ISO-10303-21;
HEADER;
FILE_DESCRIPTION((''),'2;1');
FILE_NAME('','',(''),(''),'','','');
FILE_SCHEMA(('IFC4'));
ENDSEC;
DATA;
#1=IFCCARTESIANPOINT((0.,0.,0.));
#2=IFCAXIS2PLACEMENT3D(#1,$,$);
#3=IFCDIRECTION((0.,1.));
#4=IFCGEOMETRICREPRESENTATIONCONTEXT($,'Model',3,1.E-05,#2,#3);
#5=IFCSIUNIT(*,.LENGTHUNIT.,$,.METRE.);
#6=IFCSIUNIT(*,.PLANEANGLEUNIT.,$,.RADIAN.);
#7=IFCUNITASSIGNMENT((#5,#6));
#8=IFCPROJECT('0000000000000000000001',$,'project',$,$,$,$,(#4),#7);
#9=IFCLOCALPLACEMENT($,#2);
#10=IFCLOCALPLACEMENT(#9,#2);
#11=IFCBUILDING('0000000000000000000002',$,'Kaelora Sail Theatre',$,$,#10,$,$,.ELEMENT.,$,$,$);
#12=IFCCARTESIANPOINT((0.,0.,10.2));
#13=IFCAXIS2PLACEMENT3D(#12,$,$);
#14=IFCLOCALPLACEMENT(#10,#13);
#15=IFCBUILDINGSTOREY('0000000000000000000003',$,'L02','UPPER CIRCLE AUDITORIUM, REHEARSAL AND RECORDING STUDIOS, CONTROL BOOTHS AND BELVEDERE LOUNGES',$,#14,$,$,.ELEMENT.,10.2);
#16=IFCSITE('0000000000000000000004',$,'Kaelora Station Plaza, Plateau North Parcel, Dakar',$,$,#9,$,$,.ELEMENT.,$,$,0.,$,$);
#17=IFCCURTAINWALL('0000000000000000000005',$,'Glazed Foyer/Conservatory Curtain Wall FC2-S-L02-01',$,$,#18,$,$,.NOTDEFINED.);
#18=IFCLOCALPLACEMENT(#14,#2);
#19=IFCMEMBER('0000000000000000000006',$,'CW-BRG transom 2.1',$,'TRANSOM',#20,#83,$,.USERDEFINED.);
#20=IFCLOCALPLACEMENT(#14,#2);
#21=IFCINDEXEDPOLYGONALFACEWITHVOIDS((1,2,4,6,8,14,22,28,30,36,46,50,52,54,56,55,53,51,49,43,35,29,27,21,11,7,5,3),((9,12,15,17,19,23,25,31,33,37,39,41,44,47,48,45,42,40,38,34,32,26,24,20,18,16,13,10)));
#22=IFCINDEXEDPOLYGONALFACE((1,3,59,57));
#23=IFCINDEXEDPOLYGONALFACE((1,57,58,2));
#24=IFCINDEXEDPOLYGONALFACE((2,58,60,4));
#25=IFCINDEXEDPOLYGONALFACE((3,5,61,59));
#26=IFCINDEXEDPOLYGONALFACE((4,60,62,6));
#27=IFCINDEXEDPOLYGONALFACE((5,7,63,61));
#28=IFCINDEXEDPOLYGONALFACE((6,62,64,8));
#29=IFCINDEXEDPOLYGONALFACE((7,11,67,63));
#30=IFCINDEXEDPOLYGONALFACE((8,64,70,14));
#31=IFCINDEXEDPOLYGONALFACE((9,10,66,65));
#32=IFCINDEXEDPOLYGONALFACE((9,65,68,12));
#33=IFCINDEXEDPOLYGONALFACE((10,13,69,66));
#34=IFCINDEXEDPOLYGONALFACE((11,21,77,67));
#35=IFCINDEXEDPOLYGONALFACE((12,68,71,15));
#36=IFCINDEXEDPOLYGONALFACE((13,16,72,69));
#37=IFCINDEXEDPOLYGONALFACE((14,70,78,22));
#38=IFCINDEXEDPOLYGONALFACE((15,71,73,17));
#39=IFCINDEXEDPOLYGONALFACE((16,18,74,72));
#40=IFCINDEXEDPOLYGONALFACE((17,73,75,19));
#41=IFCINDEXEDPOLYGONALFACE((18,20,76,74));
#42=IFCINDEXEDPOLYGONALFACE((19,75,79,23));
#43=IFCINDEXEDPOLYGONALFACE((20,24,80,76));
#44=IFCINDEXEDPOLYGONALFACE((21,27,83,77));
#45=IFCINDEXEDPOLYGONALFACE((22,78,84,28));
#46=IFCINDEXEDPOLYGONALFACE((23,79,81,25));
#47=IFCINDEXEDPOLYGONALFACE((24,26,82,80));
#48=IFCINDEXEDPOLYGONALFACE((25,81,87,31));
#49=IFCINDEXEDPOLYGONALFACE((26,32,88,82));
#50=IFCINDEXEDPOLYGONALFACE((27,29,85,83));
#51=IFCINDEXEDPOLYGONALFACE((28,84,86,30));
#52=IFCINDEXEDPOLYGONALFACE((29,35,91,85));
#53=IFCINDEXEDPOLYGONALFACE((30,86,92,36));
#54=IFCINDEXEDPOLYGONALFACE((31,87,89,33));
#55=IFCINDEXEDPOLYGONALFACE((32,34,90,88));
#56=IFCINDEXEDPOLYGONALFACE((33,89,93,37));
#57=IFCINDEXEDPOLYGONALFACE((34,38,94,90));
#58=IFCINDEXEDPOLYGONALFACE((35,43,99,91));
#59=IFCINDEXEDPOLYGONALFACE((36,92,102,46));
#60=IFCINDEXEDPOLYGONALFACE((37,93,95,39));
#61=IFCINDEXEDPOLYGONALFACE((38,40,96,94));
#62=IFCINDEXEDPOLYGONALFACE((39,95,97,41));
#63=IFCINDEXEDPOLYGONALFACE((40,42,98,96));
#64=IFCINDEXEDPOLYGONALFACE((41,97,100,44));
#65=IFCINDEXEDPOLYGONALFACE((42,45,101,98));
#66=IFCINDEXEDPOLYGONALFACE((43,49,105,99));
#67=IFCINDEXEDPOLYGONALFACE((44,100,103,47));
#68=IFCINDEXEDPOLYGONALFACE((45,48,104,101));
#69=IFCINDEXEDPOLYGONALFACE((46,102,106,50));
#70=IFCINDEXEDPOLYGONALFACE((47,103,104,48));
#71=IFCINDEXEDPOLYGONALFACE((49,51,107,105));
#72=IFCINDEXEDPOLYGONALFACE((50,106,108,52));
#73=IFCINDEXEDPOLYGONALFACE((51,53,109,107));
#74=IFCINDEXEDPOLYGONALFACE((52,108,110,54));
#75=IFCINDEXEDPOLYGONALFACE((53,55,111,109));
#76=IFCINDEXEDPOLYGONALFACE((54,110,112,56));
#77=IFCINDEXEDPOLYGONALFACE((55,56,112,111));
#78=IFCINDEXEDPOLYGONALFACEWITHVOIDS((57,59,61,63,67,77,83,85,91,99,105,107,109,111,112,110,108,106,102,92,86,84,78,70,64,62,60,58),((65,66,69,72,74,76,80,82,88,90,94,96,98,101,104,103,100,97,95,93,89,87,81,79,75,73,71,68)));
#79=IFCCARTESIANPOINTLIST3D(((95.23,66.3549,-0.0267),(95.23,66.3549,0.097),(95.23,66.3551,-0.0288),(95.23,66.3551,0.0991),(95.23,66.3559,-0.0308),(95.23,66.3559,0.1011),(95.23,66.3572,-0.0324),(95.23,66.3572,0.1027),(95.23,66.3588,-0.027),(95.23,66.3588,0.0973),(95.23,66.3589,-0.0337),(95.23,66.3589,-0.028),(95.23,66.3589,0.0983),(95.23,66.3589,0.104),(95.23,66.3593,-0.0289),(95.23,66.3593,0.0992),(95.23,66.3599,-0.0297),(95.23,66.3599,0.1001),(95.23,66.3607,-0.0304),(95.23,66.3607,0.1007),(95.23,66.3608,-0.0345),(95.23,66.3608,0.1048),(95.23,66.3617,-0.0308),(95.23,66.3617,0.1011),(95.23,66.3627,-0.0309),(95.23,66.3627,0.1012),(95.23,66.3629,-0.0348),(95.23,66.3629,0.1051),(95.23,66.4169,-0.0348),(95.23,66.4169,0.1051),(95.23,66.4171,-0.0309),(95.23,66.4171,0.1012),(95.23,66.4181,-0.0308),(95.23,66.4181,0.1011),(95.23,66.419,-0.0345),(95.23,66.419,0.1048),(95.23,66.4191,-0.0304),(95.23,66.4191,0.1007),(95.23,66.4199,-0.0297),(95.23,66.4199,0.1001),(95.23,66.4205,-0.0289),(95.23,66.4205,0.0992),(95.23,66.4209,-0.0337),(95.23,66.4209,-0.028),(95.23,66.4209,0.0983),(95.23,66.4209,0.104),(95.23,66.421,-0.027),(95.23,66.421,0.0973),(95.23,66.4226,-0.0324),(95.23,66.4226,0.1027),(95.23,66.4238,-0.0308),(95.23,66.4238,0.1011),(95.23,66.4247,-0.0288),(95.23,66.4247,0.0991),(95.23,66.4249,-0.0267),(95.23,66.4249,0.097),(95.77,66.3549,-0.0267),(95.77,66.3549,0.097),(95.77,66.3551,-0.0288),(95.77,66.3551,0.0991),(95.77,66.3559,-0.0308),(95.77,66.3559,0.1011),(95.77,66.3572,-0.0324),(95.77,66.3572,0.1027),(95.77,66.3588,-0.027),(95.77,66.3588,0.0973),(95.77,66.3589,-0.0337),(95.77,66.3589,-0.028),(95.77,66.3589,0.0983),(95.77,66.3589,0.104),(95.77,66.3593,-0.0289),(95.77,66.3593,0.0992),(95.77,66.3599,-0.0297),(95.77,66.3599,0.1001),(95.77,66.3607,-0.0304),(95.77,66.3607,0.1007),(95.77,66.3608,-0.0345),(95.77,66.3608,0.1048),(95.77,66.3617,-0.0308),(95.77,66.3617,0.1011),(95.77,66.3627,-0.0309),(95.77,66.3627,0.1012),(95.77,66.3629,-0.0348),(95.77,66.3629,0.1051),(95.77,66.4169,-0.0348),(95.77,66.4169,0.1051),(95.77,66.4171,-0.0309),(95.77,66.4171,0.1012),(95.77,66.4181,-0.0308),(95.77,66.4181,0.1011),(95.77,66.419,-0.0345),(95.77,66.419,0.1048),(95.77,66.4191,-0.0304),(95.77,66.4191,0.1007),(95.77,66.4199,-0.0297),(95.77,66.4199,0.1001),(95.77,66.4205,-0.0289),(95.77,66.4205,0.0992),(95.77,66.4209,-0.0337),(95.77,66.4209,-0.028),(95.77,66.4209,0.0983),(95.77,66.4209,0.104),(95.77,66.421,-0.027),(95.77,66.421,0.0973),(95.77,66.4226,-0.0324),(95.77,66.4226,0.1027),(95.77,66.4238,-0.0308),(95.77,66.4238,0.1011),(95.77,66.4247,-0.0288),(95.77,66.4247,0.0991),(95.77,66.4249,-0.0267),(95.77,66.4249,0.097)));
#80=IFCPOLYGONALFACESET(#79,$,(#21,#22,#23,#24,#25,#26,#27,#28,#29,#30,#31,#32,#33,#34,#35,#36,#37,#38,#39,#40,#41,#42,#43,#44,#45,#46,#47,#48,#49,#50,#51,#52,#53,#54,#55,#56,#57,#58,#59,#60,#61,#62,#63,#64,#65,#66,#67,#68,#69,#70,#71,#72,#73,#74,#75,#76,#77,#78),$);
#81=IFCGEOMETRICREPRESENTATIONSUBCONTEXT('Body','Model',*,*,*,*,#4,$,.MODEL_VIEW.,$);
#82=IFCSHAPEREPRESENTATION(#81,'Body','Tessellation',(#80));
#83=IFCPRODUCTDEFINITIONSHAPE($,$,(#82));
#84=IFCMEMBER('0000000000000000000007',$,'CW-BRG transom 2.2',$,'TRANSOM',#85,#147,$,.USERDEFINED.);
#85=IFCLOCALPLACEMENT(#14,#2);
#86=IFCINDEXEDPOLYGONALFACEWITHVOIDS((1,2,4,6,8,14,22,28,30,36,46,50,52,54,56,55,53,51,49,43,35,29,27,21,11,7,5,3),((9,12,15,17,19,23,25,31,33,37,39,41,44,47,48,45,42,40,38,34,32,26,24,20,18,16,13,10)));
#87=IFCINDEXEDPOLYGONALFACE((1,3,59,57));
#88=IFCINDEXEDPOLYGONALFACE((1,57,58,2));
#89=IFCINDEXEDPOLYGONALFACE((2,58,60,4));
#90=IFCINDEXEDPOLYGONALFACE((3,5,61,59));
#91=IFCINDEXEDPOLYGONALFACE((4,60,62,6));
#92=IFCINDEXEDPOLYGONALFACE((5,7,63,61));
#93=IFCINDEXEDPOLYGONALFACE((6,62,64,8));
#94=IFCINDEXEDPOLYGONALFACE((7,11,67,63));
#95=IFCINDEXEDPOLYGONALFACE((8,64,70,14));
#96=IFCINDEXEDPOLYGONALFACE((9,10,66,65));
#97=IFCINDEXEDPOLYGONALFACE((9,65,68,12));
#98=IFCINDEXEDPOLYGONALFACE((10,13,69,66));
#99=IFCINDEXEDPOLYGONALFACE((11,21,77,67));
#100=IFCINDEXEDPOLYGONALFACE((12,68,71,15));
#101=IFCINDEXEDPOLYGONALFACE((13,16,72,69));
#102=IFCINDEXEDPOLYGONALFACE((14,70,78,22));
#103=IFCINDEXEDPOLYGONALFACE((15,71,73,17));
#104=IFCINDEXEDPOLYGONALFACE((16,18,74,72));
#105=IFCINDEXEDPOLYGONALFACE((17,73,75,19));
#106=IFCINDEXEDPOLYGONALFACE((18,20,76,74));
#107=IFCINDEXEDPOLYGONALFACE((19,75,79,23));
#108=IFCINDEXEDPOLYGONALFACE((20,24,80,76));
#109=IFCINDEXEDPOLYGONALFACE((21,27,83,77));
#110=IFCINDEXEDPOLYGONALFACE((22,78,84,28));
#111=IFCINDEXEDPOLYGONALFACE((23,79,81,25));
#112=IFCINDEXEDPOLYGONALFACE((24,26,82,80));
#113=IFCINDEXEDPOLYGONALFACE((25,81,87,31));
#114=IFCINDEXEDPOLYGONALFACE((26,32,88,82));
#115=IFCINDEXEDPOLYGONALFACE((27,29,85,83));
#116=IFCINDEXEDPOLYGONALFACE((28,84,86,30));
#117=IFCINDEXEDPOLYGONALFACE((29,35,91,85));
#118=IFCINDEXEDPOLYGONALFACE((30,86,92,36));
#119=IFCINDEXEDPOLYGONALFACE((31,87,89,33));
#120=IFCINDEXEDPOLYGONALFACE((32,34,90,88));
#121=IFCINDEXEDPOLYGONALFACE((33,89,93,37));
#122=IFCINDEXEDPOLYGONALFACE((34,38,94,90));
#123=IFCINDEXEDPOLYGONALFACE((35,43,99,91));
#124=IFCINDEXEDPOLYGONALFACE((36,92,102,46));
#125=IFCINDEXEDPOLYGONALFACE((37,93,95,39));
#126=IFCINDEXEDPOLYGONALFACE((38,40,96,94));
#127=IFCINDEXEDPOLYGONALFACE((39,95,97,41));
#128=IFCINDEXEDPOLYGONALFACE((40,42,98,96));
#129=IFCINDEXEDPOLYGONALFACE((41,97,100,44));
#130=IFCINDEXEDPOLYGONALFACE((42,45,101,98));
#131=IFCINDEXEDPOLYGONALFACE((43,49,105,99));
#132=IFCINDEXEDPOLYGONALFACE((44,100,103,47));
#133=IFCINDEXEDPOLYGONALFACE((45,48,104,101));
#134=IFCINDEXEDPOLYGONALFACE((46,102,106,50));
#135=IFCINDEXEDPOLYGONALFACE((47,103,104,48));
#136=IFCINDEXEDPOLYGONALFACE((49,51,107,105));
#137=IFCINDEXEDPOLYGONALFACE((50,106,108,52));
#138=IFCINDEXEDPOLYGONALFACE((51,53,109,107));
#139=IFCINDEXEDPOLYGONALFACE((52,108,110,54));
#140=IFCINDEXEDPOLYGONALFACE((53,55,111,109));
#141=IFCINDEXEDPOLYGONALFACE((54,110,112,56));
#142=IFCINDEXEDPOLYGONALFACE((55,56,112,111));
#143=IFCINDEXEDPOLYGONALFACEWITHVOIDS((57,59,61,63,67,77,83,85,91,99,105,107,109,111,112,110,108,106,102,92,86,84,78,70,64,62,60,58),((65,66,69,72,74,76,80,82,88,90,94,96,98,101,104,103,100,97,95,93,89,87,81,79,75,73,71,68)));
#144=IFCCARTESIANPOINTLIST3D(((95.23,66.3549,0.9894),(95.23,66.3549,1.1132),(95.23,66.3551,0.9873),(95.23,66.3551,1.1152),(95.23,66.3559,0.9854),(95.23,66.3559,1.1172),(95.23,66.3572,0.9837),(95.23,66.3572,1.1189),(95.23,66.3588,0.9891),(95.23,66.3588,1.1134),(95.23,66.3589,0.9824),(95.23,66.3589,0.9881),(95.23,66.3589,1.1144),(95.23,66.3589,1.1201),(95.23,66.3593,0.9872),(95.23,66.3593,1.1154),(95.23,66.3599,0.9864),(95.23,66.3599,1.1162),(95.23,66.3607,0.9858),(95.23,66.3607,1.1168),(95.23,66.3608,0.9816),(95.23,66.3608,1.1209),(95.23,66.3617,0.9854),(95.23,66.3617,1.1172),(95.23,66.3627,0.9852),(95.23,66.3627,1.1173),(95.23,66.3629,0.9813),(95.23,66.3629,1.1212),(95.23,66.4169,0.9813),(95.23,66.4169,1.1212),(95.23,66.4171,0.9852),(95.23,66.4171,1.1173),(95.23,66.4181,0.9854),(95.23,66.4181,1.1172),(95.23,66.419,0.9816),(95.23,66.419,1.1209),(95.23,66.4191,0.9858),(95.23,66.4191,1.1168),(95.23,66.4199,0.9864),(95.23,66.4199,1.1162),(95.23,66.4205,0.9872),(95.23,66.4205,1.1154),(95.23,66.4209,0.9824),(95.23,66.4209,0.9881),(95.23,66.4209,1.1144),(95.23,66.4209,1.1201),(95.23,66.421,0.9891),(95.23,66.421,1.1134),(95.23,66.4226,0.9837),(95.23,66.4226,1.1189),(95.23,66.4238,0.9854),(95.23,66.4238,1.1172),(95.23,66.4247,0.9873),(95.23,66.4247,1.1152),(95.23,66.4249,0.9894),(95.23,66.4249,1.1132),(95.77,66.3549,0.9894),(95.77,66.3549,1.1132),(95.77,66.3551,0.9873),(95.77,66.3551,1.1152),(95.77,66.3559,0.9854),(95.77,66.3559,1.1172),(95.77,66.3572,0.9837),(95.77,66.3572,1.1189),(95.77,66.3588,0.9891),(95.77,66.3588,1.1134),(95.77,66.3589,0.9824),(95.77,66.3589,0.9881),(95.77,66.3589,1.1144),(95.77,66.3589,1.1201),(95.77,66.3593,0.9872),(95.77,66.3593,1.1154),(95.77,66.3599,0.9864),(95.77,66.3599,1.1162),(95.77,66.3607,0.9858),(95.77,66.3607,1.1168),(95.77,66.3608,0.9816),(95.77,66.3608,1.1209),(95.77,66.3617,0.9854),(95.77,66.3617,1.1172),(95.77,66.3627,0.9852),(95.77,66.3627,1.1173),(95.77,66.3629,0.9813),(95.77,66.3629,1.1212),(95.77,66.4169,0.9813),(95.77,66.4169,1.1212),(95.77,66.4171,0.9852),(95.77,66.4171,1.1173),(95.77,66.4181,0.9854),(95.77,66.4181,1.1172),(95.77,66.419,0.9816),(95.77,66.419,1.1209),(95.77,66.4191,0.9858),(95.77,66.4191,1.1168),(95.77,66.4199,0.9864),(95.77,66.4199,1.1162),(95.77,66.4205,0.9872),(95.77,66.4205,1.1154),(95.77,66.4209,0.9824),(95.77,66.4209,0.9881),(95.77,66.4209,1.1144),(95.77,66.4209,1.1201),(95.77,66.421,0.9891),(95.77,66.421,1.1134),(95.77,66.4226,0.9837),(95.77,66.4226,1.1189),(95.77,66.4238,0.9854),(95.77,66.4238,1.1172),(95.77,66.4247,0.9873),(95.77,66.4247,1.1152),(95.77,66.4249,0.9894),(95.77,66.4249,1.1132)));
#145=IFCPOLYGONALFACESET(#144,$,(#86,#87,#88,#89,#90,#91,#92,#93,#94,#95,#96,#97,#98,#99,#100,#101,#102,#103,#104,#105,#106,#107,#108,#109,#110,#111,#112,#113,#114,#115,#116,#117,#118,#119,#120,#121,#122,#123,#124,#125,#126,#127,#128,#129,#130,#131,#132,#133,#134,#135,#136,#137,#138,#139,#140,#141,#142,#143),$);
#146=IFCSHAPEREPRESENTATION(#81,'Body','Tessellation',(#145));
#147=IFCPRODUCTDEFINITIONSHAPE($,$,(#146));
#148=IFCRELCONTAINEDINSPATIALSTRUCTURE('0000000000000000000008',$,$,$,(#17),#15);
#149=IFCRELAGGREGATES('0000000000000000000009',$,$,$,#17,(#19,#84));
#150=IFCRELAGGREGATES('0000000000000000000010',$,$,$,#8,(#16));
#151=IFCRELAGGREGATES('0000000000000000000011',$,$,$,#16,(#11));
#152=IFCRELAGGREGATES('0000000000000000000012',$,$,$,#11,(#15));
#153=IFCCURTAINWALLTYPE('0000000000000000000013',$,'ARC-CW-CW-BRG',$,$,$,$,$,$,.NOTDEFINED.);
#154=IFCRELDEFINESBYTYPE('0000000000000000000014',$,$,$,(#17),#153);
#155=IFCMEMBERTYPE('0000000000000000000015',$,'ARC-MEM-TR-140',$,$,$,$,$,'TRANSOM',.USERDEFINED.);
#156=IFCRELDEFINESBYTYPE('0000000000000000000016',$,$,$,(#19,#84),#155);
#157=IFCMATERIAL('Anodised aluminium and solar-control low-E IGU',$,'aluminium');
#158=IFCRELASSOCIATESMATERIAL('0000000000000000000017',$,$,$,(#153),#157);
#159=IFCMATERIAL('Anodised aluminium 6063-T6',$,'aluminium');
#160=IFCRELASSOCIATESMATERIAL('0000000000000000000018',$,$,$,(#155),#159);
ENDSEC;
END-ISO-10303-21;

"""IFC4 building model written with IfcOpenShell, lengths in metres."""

from ifc_helpers import new_model, si_unit, direction, frame, origin, origin_2d, place, context, subcontext, project, spatial, hollow_rectangle, extrude, material, material_profile, profile_set, type_object, element, aggregate, save


model = new_model("IFC4")

# Units and contexts
model_context = context("Model", 3, precision=1e-05, world=origin(), true_north=direction((0.0, 1.0)))
body_context = subcontext(model_context, "Body", "Model", "MODEL_VIEW")
ifc_project = project(units=[si_unit("LENGTHUNIT", "METRE"), si_unit("PLANEANGLEUNIT", "RADIAN")], contexts=[model_context])

# Site, building, storey
site_placement = place(None, origin())
site = spatial("IfcSite", under=ifc_project, at=site_placement, Name="Kaelora Station Plaza, Plateau North Parcel, Dakar", CompositionType="ELEMENT", RefElevation=0.0)
building_placement = place(site_placement, origin())
building = spatial("IfcBuilding", under=site, at=building_placement, Name="Kaelora Sail Theatre", CompositionType="ELEMENT")
storey_placement = place(building_placement, frame((0.0, 0.0, 10.2)))
storey = spatial("IfcBuildingStorey", under=building, at=storey_placement, Name="L02", Description="UPPER CIRCLE AUDITORIUM, REHEARSAL AND RECORDING STUDIOS, CONTROL BOOTHS AND BELVEDERE LOUNGES", CompositionType="ELEMENT", Elevation=10.2)

# Curtain wall, members
ifc_material_1 = material(Name="Anodised aluminium and solar-control low-E IGU", Category="aluminium")
curtain_wall_type = type_object("IfcCurtainWallType", Name="ARC-CW-CW-BRG", PredefinedType="NOTDEFINED", material=ifc_material_1)
curtain_wall_placement = place(storey_placement, origin())
curtain_wall = element("IfcCurtainWall", 1, at=curtain_wall_placement, inside=storey, type_object=curtain_wall_type, Name="Glazed Foyer/Conservatory Curtain Wall FC2-S-L02-01", PredefinedType="NOTDEFINED")
ifc_material_2 = material(Name="Anodised aluminium 6063-T6", Category="aluminium")
ifc_material_profile_1 = material_profile(ifc_material_2, hollow_rectangle(XDim=0.0701, YDim=0.1399, WallThickness=0.0039, InnerFilletRadius=0.0039, OuterFilletRadius=0.0081, at=origin_2d()), Name="ALU-TRAN 70x140x4")
ifc_profile_set_1 = profile_set([ifc_material_profile_1], Name="Anodised aluminium 6063-T6")
member_type_1 = type_object("IfcMemberType", Name="ARC-MEM-TR-140", ElementType="TRANSOM", PredefinedType="USERDEFINED", material=ifc_profile_set_1)
member_1_placement = place(storey_placement, frame((95.23, 66.3899, 0.0352), z_axis=(1.0, 0.0, 0.0), x_axis=(0.0, 1.0, 0.0)))
member_1 = element("IfcMember", 2, at=member_1_placement, type_object=member_type_1, Name="CW-BRG transom 2.1", ObjectType="TRANSOM", PredefinedType="USERDEFINED", context=body_context, shape_type="SweptSolid", body=[
    extrude(hollow_rectangle(XDim=0.0701, YDim=0.1399, WallThickness=0.0039, InnerFilletRadius=0.0039, OuterFilletRadius=0.0081, at=origin_2d()), origin(), (0.0, 0.0, 1.0), 0.54),
])
member_2_placement = place(storey_placement, frame((95.23, 66.3899, 1.0513), z_axis=(1.0, 0.0, 0.0), x_axis=(0.0, 1.0, 0.0)))
member_2 = element("IfcMember", 3, at=member_2_placement, type_object=member_type_1, Name="CW-BRG transom 2.2", ObjectType="TRANSOM", PredefinedType="USERDEFINED", context=body_context, shape_type="SweptSolid", body=[
    extrude(hollow_rectangle(XDim=0.0701, YDim=0.1399, WallThickness=0.0039, InnerFilletRadius=0.0039, OuterFilletRadius=0.0081, at=origin_2d()), origin(), (0.0, 0.0, 1.0), 0.54),
])
aggregate(curtain_wall, [member_1, member_2])

save(model, "model.ifc")
